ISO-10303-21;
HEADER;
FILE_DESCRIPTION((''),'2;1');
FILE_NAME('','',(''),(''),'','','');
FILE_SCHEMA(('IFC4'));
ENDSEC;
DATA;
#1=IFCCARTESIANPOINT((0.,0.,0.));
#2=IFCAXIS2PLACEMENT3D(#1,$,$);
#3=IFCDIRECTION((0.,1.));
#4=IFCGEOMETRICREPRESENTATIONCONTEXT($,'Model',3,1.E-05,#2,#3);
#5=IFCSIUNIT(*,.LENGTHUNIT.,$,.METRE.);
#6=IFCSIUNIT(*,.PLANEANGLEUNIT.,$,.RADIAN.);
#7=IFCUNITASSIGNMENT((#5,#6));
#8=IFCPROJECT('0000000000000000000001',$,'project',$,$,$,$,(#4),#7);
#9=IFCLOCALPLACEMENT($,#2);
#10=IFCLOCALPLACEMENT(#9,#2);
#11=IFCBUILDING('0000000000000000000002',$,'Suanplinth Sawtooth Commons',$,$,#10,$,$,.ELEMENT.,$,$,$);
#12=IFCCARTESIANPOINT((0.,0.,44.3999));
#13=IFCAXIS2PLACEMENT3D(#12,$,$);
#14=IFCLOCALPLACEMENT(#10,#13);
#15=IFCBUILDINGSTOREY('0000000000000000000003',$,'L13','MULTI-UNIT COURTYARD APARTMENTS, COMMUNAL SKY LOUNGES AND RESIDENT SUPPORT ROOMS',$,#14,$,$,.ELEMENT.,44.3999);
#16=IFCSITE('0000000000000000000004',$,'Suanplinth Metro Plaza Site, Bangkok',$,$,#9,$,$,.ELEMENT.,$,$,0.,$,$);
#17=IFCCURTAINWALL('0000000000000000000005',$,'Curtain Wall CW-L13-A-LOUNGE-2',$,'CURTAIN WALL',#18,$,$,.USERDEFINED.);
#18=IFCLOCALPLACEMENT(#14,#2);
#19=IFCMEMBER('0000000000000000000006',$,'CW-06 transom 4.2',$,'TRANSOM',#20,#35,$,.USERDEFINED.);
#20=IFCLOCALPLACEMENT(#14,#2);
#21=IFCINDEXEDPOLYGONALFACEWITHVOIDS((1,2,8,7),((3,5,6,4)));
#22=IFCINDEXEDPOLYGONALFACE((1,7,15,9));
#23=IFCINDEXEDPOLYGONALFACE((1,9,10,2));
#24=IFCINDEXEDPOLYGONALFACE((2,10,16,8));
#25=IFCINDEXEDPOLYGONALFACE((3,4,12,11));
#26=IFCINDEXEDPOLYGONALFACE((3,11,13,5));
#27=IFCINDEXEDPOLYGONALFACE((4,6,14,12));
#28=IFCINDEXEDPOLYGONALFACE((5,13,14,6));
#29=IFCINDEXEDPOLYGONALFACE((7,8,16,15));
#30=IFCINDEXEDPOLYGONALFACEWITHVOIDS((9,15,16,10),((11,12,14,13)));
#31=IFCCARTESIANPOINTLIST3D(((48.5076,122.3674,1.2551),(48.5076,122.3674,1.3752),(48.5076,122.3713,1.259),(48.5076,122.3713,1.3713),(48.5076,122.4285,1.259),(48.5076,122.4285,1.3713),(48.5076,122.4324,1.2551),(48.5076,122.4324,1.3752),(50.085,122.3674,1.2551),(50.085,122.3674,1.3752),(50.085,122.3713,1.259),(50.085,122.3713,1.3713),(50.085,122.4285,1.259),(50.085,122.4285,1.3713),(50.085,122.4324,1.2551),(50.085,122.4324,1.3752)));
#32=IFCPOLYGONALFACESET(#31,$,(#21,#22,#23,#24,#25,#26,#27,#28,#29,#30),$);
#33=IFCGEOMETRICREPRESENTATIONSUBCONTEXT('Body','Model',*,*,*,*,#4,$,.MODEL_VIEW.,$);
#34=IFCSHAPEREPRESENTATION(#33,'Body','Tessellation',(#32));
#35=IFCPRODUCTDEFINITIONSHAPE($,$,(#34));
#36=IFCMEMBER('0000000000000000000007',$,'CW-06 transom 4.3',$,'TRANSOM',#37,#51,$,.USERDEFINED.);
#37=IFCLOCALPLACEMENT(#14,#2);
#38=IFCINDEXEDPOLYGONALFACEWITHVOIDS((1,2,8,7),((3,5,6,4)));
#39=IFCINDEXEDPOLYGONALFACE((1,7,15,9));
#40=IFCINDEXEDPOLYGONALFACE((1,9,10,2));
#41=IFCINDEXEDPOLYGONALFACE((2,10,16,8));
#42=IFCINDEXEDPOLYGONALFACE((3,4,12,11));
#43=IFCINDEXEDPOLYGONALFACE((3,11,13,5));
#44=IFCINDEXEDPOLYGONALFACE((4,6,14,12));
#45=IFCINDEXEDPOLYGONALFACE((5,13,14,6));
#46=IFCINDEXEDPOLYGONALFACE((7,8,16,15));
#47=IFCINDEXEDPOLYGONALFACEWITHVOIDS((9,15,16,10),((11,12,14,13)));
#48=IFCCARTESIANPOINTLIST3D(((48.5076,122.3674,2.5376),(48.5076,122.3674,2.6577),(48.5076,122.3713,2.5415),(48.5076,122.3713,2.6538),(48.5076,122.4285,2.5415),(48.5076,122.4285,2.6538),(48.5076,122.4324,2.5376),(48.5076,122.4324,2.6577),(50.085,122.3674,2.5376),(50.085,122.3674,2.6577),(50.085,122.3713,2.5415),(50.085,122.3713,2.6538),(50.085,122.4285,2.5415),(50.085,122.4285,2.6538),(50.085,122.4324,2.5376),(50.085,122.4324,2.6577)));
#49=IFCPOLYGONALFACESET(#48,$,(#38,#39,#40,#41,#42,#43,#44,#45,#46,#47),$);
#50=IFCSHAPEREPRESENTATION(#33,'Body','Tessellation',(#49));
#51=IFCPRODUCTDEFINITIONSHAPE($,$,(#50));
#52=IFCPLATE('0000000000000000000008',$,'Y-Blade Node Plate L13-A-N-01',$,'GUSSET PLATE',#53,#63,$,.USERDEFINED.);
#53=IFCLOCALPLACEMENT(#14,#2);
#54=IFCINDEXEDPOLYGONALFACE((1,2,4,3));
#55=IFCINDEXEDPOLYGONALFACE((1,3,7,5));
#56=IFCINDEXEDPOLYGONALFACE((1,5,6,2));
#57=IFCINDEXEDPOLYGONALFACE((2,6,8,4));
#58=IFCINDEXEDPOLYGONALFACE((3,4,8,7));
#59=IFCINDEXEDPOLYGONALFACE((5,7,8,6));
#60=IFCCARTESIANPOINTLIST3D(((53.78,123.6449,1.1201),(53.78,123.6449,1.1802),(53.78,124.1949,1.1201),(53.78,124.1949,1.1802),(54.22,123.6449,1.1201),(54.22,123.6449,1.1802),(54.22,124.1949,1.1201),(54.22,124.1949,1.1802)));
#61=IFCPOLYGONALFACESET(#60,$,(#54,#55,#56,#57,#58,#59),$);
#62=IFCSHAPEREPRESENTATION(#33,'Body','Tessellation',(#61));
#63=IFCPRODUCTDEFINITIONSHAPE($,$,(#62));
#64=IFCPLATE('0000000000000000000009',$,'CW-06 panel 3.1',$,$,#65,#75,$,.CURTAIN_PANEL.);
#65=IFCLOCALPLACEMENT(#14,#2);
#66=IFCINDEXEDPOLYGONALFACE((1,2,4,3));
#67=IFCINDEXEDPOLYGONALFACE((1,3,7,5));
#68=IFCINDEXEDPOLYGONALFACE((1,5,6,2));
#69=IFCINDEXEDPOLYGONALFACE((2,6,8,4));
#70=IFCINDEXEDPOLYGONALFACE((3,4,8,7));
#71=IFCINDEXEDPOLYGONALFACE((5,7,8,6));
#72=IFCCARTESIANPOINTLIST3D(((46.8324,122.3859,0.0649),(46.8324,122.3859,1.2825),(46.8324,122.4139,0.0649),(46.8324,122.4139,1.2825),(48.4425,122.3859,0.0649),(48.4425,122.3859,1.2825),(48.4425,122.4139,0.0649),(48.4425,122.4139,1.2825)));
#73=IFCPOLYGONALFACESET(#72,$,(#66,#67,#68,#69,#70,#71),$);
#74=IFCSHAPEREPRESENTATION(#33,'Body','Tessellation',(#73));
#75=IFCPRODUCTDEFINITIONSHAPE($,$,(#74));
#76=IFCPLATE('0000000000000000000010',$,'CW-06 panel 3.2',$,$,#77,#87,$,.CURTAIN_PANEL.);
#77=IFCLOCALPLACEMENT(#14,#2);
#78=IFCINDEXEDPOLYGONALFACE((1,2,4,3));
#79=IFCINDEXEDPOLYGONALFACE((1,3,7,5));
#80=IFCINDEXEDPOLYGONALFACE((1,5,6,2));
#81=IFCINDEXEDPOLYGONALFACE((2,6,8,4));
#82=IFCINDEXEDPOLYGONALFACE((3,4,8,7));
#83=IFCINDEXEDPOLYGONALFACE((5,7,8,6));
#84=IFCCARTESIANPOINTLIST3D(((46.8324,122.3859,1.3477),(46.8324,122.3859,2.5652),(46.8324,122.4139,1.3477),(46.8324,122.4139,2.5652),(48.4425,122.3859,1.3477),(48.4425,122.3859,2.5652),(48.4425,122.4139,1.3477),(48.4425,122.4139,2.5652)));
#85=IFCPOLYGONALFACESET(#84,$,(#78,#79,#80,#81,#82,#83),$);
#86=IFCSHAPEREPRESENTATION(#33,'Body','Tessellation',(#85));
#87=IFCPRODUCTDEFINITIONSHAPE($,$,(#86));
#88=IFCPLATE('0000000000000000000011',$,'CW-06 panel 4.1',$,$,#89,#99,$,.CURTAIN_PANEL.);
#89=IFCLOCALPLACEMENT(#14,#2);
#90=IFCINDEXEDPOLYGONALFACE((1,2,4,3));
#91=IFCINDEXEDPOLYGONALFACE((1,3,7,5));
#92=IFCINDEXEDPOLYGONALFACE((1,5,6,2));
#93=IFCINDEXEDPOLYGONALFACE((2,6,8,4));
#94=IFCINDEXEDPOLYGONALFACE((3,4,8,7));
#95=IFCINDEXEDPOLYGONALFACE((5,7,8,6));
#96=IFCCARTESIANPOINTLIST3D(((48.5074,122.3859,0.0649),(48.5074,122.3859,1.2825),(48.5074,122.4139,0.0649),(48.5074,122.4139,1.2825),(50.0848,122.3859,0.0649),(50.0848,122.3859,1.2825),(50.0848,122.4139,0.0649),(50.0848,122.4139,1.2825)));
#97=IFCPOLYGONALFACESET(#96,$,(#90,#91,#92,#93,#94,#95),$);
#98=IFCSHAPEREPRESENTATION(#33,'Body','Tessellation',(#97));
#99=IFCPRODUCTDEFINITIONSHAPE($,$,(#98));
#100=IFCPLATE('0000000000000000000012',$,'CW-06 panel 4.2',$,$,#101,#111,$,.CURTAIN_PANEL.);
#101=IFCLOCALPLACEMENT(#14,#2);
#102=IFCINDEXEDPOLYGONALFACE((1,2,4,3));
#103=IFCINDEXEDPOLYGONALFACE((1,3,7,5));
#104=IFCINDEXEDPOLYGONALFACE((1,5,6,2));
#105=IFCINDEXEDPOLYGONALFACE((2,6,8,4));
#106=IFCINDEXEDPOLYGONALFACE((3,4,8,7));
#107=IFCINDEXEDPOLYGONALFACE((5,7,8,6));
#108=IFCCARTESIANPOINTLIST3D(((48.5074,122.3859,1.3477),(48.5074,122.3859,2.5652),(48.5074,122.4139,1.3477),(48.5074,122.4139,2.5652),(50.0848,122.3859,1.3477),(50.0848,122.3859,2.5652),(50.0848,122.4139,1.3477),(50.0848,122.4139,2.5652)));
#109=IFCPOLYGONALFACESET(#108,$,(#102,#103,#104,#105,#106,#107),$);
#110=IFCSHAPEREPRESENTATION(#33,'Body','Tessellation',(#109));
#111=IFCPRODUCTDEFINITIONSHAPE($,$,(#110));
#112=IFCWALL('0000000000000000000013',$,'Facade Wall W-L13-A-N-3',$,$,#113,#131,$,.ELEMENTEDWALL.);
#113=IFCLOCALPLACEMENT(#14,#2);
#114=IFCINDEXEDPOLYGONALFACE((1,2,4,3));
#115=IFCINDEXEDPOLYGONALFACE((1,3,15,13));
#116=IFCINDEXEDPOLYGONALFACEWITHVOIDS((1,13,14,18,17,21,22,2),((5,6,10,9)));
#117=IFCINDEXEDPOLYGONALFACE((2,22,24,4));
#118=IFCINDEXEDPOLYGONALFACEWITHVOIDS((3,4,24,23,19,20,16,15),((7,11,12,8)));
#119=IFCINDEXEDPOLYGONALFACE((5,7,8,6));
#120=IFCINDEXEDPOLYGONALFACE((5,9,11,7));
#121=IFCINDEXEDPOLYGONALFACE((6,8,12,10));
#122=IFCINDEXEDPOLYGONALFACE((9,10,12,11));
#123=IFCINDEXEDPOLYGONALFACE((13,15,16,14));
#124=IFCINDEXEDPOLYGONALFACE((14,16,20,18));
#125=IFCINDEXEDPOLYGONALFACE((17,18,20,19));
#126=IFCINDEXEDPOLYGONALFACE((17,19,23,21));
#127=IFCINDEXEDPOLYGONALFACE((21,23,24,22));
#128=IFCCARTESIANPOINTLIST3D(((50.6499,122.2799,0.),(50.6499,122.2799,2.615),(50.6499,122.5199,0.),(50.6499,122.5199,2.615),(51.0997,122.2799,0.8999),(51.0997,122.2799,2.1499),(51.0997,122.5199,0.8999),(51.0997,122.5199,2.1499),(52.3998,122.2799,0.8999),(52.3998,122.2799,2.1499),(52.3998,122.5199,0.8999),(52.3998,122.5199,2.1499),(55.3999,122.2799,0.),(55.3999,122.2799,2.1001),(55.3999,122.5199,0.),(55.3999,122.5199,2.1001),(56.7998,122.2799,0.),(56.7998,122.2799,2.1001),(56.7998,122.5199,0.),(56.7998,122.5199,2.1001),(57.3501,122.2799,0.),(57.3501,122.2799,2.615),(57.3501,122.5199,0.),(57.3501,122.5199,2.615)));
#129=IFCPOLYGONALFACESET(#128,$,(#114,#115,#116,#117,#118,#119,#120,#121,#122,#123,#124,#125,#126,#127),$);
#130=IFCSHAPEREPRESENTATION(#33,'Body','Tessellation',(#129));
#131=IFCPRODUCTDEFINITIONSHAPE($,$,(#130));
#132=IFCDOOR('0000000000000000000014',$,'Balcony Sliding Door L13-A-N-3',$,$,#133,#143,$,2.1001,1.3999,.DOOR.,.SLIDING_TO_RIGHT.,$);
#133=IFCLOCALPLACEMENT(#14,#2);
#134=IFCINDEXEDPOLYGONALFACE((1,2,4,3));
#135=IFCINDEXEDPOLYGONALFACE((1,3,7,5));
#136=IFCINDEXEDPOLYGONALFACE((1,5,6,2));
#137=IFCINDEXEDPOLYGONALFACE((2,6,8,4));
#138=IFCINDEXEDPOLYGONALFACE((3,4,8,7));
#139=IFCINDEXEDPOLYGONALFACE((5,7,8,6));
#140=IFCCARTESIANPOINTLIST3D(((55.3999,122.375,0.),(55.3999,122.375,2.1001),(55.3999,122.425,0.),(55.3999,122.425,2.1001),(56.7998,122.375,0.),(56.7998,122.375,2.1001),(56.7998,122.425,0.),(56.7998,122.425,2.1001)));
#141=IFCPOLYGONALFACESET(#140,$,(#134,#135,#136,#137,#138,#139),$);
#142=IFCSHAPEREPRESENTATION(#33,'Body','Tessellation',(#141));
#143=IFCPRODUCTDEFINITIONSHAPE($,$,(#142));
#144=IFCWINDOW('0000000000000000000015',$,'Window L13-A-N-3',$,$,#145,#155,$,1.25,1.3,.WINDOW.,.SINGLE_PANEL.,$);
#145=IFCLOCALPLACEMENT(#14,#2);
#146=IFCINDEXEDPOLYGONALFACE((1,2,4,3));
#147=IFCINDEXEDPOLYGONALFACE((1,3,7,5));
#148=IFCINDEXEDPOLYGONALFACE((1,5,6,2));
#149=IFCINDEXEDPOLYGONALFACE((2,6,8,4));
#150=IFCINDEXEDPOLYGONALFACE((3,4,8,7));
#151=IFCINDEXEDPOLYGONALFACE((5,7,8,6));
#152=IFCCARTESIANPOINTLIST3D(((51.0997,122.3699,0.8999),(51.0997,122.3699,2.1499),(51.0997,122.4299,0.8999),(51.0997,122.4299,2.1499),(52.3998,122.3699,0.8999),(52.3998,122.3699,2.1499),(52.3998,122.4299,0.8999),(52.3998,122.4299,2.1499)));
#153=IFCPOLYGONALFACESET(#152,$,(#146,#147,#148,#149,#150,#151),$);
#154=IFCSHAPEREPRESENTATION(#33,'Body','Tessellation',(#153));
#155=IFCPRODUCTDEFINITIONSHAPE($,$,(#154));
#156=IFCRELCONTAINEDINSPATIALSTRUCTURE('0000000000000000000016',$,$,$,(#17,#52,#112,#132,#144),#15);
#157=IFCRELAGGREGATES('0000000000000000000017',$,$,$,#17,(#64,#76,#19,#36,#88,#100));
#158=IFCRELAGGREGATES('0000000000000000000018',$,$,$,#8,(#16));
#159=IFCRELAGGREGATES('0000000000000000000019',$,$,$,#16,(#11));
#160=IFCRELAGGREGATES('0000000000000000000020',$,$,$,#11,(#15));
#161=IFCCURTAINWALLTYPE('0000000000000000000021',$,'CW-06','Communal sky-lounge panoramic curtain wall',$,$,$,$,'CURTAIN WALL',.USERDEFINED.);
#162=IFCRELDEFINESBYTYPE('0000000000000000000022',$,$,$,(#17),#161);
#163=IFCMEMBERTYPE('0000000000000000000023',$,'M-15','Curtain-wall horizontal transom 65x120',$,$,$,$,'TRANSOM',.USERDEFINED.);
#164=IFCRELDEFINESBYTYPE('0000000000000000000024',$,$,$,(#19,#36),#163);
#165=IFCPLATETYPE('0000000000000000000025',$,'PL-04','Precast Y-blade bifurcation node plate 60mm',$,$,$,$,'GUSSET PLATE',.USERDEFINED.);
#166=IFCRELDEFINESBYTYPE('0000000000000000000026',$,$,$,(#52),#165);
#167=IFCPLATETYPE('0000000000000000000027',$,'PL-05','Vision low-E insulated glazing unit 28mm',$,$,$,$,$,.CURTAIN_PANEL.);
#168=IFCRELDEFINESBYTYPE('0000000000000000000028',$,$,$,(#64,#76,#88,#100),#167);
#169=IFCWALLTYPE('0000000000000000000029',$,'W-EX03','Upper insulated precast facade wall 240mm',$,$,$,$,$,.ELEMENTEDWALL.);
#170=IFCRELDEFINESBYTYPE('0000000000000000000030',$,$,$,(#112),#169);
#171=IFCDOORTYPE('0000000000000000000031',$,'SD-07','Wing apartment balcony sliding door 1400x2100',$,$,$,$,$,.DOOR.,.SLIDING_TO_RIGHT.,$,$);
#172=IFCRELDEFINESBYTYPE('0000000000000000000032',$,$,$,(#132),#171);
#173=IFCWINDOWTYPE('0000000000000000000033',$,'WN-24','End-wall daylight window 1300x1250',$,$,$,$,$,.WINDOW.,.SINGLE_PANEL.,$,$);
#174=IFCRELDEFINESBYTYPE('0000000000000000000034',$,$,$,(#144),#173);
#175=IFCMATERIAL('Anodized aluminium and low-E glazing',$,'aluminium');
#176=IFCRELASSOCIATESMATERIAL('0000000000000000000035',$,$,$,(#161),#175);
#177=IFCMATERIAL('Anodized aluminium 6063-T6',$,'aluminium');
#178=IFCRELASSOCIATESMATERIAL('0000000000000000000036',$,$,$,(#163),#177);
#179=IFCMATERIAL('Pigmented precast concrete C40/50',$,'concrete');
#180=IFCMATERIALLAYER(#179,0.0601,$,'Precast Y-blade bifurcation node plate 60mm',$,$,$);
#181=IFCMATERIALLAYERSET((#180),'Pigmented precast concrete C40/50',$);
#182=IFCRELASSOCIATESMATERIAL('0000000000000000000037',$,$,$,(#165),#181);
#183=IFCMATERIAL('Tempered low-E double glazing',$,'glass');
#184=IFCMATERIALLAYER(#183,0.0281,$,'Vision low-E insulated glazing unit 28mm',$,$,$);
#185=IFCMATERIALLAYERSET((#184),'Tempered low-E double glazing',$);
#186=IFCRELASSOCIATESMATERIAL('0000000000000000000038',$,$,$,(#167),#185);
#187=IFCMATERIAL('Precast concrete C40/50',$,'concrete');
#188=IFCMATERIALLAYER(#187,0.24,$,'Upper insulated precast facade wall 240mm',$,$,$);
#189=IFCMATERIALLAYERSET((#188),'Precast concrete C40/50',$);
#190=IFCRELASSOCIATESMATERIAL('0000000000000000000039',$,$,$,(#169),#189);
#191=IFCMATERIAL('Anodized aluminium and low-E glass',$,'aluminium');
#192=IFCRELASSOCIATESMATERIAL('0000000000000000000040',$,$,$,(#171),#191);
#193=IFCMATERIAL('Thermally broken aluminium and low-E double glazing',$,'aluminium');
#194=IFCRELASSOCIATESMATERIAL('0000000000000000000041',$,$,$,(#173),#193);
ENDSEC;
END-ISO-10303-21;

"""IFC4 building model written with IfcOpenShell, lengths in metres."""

from ifc_helpers import new_model, si_unit, direction, frame, frame_2d, origin, origin_2d, place, context, subcontext, project, spatial, rectangle, hollow_rectangle, extrude, material, layer, layer_set, material_profile, profile_set, type_object, element, fill, aggregate, save


model = new_model("IFC4")

# Units and contexts
model_context = context("Model", 3, precision=1e-05, world=origin(), true_north=direction((0.0, 1.0)))
body_context = subcontext(model_context, "Body", "Model", "MODEL_VIEW")
ifc_project = project(units=[si_unit("LENGTHUNIT", "METRE"), si_unit("PLANEANGLEUNIT", "RADIAN")], contexts=[model_context])

# Site, building, storey
site_placement = place(None, origin())
site = spatial("IfcSite", under=ifc_project, at=site_placement, Name="Suanplinth Metro Plaza Site, Bangkok", CompositionType="ELEMENT", RefElevation=0.0)
building_placement = place(site_placement, origin())
building = spatial("IfcBuilding", under=site, at=building_placement, Name="Suanplinth Sawtooth Commons", CompositionType="ELEMENT")
storey_placement = place(building_placement, frame((0.0, 0.0, 44.3999)))
storey = spatial("IfcBuildingStorey", under=building, at=storey_placement, Name="L13", Description="MULTI-UNIT COURTYARD APARTMENTS, COMMUNAL SKY LOUNGES AND RESIDENT SUPPORT ROOMS", CompositionType="ELEMENT", Elevation=44.3999)

# Shared definitions
ifc_material_1 = material(Name="Precast concrete C40/50", Category="concrete")

# Shared definitions
ifc_material_2 = material(Name="Pigmented precast concrete C40/50", Category="concrete")

# Curtain wall, members
ifc_material_3 = material(Name="Anodized aluminium and low-E glazing", Category="aluminium")
curtain_wall_type = type_object("IfcCurtainWallType", Name="CW-06", Description="Communal sky-lounge panoramic curtain wall", ElementType="CURTAIN WALL", PredefinedType="USERDEFINED", material=ifc_material_3)
curtain_wall_placement = place(storey_placement, origin())
curtain_wall = element("IfcCurtainWall", 1, at=curtain_wall_placement, inside=storey, type_object=curtain_wall_type, Name="Curtain Wall CW-L13-A-LOUNGE-2", ObjectType="CURTAIN WALL", PredefinedType="USERDEFINED")
ifc_material_4 = material(Name="Anodized aluminium 6063-T6", Category="aluminium")
ifc_material_profile_1 = material_profile(ifc_material_4, hollow_rectangle(XDim=0.0649, YDim=0.1201, WallThickness=0.0039, at=origin_2d()), Name="ALU-TRN 65x120")
ifc_profile_set_1 = profile_set([ifc_material_profile_1], Name="Anodized aluminium 6063-T6")
member_type_1 = type_object("IfcMemberType", Name="M-15", Description="Curtain-wall horizontal transom 65x120", ElementType="TRANSOM", PredefinedType="USERDEFINED", material=ifc_profile_set_1)
member_1_placement = place(storey_placement, frame((48.5076, 122.3999, 1.3152), z_axis=(1.0, 0.0, 0.0), x_axis=(0.0, 1.0, 0.0)))
member_1 = element("IfcMember", 2, at=member_1_placement, type_object=member_type_1, Name="CW-06 transom 4.2", ObjectType="TRANSOM", PredefinedType="USERDEFINED", context=body_context, shape_type="SweptSolid", body=[
    extrude(hollow_rectangle(XDim=0.0649, YDim=0.1201, WallThickness=0.0039, at=origin_2d()), origin(), (0.0, 0.0, 1.0), 1.5774),
])
member_2_placement = place(storey_placement, frame((48.5076, 122.3999, 2.5977), z_axis=(1.0, 0.0, 0.0), x_axis=(0.0, 1.0, 0.0)))
member_2 = element("IfcMember", 3, at=member_2_placement, type_object=member_type_1, Name="CW-06 transom 4.3", ObjectType="TRANSOM", PredefinedType="USERDEFINED", context=body_context, shape_type="SweptSolid", body=[
    extrude(hollow_rectangle(XDim=0.0649, YDim=0.1201, WallThickness=0.0039, at=origin_2d()), origin(), (0.0, 0.0, 1.0), 1.5774),
])

# Plates
ifc_layer_1 = layer(ifc_material_2, 0.0601, Name="Precast Y-blade bifurcation node plate 60mm")
ifc_layer_set_1 = layer_set([ifc_layer_1], Name="Pigmented precast concrete C40/50")
plate_type_1 = type_object("IfcPlateType", Name="PL-04", Description="Precast Y-blade bifurcation node plate 60mm", ElementType="GUSSET PLATE", PredefinedType="USERDEFINED", material=ifc_layer_set_1)
plate_1_placement = place(storey_placement, frame((54.0, 123.9199, 1.1201), z_axis=(0.0, 0.0, 1.0), x_axis=(1.0, 0.0, 0.0)))
element("IfcPlate", 4, at=plate_1_placement, inside=storey, type_object=plate_type_1, Name="Y-Blade Node Plate L13-A-N-01", ObjectType="GUSSET PLATE", PredefinedType="USERDEFINED", context=body_context, shape_type="SweptSolid", body=[
    extrude(rectangle(XDim=0.4399, YDim=0.55, at=origin_2d()), origin(), (0.0, 0.0, 1.0), 0.0601),
])
ifc_material_5 = material(Name="Tempered low-E double glazing", Category="glass")
ifc_layer_2 = layer(ifc_material_5, 0.0281, Name="Vision low-E insulated glazing unit 28mm")
ifc_layer_set_2 = layer_set([ifc_layer_2], Name="Tempered low-E double glazing")
plate_type_2 = type_object("IfcPlateType", Name="PL-05", Description="Vision low-E insulated glazing unit 28mm", PredefinedType="CURTAIN_PANEL", material=ifc_layer_set_2)
plate_2_placement = place(storey_placement, frame((47.6375, 122.3999, 0.0649), z_axis=(0.0, 0.0, 1.0), x_axis=(1.0, 0.0, 0.0)))
plate_2 = element("IfcPlate", 5, at=plate_2_placement, type_object=plate_type_2, Name="CW-06 panel 3.1", PredefinedType="CURTAIN_PANEL", context=body_context, shape_type="SweptSolid", body=[
    extrude(rectangle(XDim=1.6101, YDim=0.0281, at=origin_2d()), origin(), (0.0, 0.0, 1.0), 1.2175),
])
plate_3_placement = place(storey_placement, frame((47.6375, 122.3999, 1.3477), z_axis=(0.0, 0.0, 1.0), x_axis=(1.0, 0.0, 0.0)))
plate_3 = element("IfcPlate", 6, at=plate_3_placement, type_object=plate_type_2, Name="CW-06 panel 3.2", PredefinedType="CURTAIN_PANEL", context=body_context, shape_type="SweptSolid", body=[
    extrude(rectangle(XDim=1.6101, YDim=0.0281, at=origin_2d()), origin(), (0.0, 0.0, 1.0), 1.2175),
])
plate_4_placement = place(storey_placement, frame((49.2961, 122.3999, 0.0649), z_axis=(0.0, 0.0, 1.0), x_axis=(1.0, 0.0, 0.0)))
plate_4 = element("IfcPlate", 7, at=plate_4_placement, type_object=plate_type_2, Name="CW-06 panel 4.1", PredefinedType="CURTAIN_PANEL", context=body_context, shape_type="SweptSolid", body=[
    extrude(rectangle(XDim=1.5774, YDim=0.0281, at=origin_2d()), origin(), (0.0, 0.0, 1.0), 1.2175),
])
plate_5_placement = place(storey_placement, frame((49.2961, 122.3999, 1.3477), z_axis=(0.0, 0.0, 1.0), x_axis=(1.0, 0.0, 0.0)))
plate_5 = element("IfcPlate", 8, at=plate_5_placement, type_object=plate_type_2, Name="CW-06 panel 4.2", PredefinedType="CURTAIN_PANEL", context=body_context, shape_type="SweptSolid", body=[
    extrude(rectangle(XDim=1.5774, YDim=0.0281, at=origin_2d()), origin(), (0.0, 0.0, 1.0), 1.2175),
])
aggregate(curtain_wall, [plate_2, plate_3, member_1, member_2, plate_4, plate_5])

# Wall, openings, door, window
ifc_layer_3 = layer(ifc_material_1, 0.24, Name="Upper insulated precast facade wall 240mm")
ifc_layer_set_3 = layer_set([ifc_layer_3], Name="Precast concrete C40/50")
wall_type_1 = type_object("IfcWallType", Name="W-EX03", Description="Upper insulated precast facade wall 240mm", PredefinedType="ELEMENTEDWALL", material=ifc_layer_set_3)
wall_1_placement = place(storey_placement, frame((50.6499, 122.3999, 0.0), z_axis=(0.0, 0.0, 1.0), x_axis=(1.0, 0.0, 0.0)))
wall_1 = element("IfcWall", 9, at=wall_1_placement, inside=storey, type_object=wall_type_1, Name="Facade Wall W-L13-A-N-3", PredefinedType="ELEMENTEDWALL", context=body_context, shape_type="SweptSolid", body=[
    extrude(rectangle(XDim=6.7002, YDim=0.24, at=frame_2d((3.3501, 0.0))), origin(), (0.0, 0.0, 1.0), 2.615),
])
opening_1_placement = place(wall_1_placement, frame((4.75, 0.0, 0.0)))
opening_1 = element("IfcOpeningElement", 10, at=opening_1_placement, cuts=wall_1, PredefinedType="OPENING", context=body_context, shape_type="SweptSolid", body=[
    extrude(rectangle(XDim=1.3999, YDim=2.1001, at=frame_2d((0.7, 1.05))), frame((0.0, 0.1348, 0.0), z_axis=(0.0, -1.0, 0.0), x_axis=(1.0, 0.0, 0.0)), (0.0, 0.0, 1.0), 0.2698),
])
opening_2_placement = place(wall_1_placement, frame((0.45, 0.0, 0.8999)))
opening_2 = element("IfcOpeningElement", 11, at=opening_2_placement, cuts=wall_1, PredefinedType="OPENING", context=body_context, shape_type="SweptSolid", body=[
    extrude(rectangle(XDim=1.3, YDim=1.25, at=frame_2d((0.6499, 0.625))), frame((0.0, 0.1348, 0.0), z_axis=(0.0, -1.0, 0.0), x_axis=(1.0, 0.0, 0.0)), (0.0, 0.0, 1.0), 0.2698),
])
ifc_material_6 = material(Name="Anodized aluminium and low-E glass", Category="aluminium")
door_type_1 = type_object("IfcDoorType", Name="SD-07", Description="Wing apartment balcony sliding door 1400x2100", OperationType="SLIDING_TO_RIGHT", PredefinedType="DOOR", material=ifc_material_6)
door_1_placement = place(opening_1_placement, frame((1.3999, 0.0, 0.0), z_axis=(0.0, 0.0, 1.0), x_axis=(-1.0, 0.0, 0.0)))
door_1 = element("IfcDoor", 12, at=door_1_placement, inside=storey, type_object=door_type_1, Name="Balcony Sliding Door L13-A-N-3", OperationType="SLIDING_TO_RIGHT", OverallHeight=2.1001, OverallWidth=1.3999, PredefinedType="DOOR", context=body_context, shape_type="SweptSolid", body=[
    extrude(rectangle(XDim=1.3999, YDim=2.1001, at=frame_2d((0.7, 1.05))), frame((0.0, 0.0249, 0.0), z_axis=(0.0, -1.0, 0.0), x_axis=(1.0, 0.0, 0.0)), (0.0, 0.0, 1.0), 0.05),
])
fill(opening_1, door_1)
ifc_material_7 = material(Name="Thermally broken aluminium and low-E double glazing", Category="aluminium")
window_type = type_object("IfcWindowType", Name="WN-24", Description="End-wall daylight window 1300x1250", PartitioningType="SINGLE_PANEL", PredefinedType="WINDOW", material=ifc_material_7)
window_placement = place(opening_2_placement, origin())
window = element("IfcWindow", 13, at=window_placement, inside=storey, type_object=window_type, Name="Window L13-A-N-3", OverallHeight=1.25, OverallWidth=1.3, PartitioningType="SINGLE_PANEL", PredefinedType="WINDOW", context=body_context, shape_type="SweptSolid", body=[
    extrude(rectangle(XDim=1.3, YDim=1.25, at=frame_2d((0.6499, 0.625))), frame((0.0, 0.03, 0.0), z_axis=(0.0, -1.0, 0.0), x_axis=(1.0, 0.0, 0.0)), (0.0, 0.0, 1.0), 0.0601),
])
fill(opening_2, window)

save(model, "model.ifc")
